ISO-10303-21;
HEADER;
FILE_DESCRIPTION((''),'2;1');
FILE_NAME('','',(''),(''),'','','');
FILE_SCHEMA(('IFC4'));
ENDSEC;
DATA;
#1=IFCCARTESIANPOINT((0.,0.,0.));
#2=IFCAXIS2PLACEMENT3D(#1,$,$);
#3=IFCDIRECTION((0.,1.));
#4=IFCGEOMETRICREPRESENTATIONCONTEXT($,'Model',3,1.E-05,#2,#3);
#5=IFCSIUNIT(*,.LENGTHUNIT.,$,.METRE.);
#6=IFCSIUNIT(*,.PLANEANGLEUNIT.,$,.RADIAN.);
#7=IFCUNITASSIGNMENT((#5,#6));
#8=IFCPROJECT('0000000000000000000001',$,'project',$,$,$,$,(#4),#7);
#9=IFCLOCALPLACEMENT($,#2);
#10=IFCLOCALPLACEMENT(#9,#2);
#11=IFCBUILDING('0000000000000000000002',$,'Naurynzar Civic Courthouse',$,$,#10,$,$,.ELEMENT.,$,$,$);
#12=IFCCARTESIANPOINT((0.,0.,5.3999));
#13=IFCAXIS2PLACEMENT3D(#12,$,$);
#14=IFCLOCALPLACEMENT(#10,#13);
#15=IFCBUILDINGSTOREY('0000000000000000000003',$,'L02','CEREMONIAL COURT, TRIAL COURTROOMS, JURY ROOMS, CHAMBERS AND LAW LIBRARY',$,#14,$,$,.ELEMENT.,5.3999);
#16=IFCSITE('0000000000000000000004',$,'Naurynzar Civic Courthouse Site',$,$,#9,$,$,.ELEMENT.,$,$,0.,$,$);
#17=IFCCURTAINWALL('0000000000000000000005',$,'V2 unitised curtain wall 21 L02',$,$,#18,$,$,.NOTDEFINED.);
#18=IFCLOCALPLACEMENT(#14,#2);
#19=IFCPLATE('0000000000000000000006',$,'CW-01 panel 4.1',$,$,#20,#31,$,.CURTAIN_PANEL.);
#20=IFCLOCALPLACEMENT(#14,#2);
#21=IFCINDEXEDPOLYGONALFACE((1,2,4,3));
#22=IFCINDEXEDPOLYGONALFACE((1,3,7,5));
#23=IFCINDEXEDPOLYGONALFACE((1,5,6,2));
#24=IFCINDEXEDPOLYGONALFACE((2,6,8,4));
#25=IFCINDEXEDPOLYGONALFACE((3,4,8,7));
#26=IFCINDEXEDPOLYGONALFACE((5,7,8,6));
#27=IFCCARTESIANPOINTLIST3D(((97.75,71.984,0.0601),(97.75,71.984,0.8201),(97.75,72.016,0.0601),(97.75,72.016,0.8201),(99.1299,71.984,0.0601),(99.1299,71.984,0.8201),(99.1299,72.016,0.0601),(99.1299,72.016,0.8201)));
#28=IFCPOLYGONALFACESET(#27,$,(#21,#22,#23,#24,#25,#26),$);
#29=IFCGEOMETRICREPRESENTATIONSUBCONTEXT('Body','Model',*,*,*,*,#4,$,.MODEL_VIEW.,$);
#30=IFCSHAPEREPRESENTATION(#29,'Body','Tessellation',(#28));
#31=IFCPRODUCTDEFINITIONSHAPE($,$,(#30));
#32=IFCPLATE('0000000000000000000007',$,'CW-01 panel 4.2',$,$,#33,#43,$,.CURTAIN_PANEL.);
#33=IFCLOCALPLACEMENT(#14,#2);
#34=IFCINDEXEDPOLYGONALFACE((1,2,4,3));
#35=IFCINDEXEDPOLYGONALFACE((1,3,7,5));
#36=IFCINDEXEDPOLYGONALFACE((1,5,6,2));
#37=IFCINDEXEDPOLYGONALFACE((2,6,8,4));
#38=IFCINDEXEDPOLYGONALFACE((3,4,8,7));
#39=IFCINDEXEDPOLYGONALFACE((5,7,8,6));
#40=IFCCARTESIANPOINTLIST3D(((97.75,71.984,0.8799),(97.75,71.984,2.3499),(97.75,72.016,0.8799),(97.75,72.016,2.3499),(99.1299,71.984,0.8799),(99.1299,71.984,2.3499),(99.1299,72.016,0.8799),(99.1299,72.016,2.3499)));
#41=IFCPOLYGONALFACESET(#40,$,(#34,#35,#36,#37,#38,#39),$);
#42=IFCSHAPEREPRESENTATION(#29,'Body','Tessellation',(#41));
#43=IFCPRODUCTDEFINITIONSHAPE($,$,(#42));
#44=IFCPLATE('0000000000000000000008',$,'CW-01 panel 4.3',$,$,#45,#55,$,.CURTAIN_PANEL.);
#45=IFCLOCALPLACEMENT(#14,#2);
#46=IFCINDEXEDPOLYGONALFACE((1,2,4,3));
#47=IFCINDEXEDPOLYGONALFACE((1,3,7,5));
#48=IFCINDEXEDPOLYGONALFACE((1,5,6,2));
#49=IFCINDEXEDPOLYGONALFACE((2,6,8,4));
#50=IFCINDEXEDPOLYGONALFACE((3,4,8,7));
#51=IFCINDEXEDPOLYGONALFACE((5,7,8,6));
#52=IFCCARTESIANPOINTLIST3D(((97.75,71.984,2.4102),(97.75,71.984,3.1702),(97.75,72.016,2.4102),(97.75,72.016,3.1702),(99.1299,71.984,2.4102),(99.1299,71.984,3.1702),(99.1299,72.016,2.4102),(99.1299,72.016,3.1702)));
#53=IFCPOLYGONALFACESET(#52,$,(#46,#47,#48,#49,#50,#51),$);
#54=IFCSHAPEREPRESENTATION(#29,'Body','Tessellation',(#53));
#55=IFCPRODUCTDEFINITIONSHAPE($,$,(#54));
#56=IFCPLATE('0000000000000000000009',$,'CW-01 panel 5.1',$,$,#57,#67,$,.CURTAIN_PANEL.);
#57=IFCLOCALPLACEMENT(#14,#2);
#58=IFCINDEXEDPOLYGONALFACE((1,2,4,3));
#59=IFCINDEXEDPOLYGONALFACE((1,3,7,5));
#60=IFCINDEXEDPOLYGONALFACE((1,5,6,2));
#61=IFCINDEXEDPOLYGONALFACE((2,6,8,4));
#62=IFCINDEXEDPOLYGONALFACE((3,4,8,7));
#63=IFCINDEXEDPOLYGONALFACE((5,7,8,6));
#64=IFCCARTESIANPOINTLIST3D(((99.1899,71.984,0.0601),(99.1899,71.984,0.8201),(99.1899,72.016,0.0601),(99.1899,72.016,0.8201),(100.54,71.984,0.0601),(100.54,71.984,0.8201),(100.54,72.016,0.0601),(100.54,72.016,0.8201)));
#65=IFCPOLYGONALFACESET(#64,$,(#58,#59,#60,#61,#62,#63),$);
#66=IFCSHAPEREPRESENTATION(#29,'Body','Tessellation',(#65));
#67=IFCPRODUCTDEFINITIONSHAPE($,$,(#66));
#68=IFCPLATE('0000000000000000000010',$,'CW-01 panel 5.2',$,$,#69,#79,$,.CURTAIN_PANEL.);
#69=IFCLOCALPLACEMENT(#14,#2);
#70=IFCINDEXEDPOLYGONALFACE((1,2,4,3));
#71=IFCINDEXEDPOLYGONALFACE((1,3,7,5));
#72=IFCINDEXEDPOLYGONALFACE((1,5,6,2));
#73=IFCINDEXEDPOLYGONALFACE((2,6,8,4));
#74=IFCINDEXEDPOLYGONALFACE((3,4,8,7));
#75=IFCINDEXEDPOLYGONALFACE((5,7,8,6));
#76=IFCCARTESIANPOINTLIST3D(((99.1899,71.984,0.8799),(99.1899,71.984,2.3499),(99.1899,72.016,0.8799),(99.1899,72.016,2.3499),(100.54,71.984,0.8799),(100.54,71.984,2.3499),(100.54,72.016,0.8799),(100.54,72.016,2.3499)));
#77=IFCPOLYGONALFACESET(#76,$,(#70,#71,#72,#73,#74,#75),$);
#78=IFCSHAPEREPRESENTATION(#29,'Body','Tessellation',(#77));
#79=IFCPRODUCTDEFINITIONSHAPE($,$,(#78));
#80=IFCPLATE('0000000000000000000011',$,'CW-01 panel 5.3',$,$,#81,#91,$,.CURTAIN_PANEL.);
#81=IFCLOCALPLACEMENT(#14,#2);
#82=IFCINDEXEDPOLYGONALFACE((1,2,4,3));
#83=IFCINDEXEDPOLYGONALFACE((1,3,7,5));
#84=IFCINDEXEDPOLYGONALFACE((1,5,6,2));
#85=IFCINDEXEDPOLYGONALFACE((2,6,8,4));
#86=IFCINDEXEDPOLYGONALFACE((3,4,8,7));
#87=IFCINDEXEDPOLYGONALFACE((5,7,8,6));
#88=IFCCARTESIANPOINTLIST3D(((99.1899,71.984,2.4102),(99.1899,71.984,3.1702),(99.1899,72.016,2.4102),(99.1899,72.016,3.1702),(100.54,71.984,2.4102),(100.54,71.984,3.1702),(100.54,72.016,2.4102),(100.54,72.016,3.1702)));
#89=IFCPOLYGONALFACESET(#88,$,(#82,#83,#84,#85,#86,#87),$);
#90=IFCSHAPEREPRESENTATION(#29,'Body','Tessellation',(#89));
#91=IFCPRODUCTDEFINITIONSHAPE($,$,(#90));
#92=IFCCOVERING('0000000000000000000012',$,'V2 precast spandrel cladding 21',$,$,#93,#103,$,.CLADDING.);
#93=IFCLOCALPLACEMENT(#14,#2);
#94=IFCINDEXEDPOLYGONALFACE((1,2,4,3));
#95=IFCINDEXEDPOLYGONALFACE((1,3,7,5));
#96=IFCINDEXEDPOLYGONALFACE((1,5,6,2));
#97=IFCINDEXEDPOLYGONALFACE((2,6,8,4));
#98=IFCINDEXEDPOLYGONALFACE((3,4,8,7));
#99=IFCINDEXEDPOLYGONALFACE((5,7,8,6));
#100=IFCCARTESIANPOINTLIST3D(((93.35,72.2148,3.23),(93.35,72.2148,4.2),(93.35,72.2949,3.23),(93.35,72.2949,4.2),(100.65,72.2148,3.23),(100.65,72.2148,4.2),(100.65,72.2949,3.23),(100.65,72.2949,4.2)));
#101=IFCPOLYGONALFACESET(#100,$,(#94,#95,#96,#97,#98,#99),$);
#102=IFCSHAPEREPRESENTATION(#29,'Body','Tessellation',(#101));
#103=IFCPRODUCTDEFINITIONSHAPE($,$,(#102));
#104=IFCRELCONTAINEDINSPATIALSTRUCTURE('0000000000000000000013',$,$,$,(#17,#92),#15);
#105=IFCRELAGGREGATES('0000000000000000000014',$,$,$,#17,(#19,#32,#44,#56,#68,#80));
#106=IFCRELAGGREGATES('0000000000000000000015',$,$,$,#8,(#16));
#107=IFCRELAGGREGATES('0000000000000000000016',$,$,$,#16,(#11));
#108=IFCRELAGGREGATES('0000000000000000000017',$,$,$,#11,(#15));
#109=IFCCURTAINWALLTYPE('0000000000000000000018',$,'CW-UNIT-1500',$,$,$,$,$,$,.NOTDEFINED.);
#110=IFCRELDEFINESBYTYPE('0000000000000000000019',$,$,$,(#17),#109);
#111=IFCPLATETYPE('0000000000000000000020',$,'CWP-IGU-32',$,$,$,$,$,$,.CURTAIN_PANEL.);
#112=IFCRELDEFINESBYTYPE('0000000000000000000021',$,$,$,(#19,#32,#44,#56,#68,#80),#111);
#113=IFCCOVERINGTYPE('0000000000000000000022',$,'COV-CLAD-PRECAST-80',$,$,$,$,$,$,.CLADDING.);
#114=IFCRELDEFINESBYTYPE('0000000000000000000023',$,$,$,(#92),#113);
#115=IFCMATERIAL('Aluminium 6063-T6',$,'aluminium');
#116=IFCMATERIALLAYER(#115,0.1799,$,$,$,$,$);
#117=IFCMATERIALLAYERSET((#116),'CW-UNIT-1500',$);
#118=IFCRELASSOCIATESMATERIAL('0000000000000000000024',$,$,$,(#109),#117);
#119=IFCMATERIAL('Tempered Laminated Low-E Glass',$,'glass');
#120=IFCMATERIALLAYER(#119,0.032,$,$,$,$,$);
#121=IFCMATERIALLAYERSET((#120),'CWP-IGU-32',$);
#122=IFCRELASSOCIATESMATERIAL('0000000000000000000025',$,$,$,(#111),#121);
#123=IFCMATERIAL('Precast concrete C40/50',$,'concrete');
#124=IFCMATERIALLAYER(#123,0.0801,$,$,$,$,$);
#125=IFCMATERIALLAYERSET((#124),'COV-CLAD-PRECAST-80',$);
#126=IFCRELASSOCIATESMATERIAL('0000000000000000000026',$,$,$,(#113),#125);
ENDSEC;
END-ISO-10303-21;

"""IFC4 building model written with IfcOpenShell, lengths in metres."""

from ifc_helpers import new_model, si_unit, direction, frame, origin, origin_2d, place, context, subcontext, project, spatial, rectangle, extrude, material, layer, layer_set, type_object, element, aggregate, save


model = new_model("IFC4")

# Units and contexts
model_context = context("Model", 3, precision=1e-05, world=origin(), true_north=direction((0.0, 1.0)))
body_context = subcontext(model_context, "Body", "Model", "MODEL_VIEW")
ifc_project = project(units=[si_unit("LENGTHUNIT", "METRE"), si_unit("PLANEANGLEUNIT", "RADIAN")], contexts=[model_context])

# Site, building, storey
site_placement = place(None, origin())
site = spatial("IfcSite", under=ifc_project, at=site_placement, Name="Naurynzar Civic Courthouse Site", CompositionType="ELEMENT", RefElevation=0.0)
building_placement = place(site_placement, origin())
building = spatial("IfcBuilding", under=site, at=building_placement, Name="Naurynzar Civic Courthouse", CompositionType="ELEMENT")
storey_placement = place(building_placement, frame((0.0, 0.0, 5.3999)))
storey = spatial("IfcBuildingStorey", under=building, at=storey_placement, Name="L02", Description="CEREMONIAL COURT, TRIAL COURTROOMS, JURY ROOMS, CHAMBERS AND LAW LIBRARY", CompositionType="ELEMENT", Elevation=5.3999)

# Curtain wall, plates
ifc_material_1 = material(Name="Aluminium 6063-T6", Category="aluminium")
ifc_layer_1 = layer(ifc_material_1, 0.1799)
ifc_layer_set_1 = layer_set([ifc_layer_1], Name="CW-UNIT-1500")
curtain_wall_type = type_object("IfcCurtainWallType", Name="CW-UNIT-1500", PredefinedType="NOTDEFINED", material=ifc_layer_set_1)
curtain_wall_placement = place(storey_placement, origin())
curtain_wall = element("IfcCurtainWall", 1, at=curtain_wall_placement, inside=storey, type_object=curtain_wall_type, Name="V2 unitised curtain wall 21 L02", PredefinedType="NOTDEFINED")
ifc_material_2 = material(Name="Tempered Laminated Low-E Glass", Category="glass")
ifc_layer_2 = layer(ifc_material_2, 0.032)
ifc_layer_set_2 = layer_set([ifc_layer_2], Name="CWP-IGU-32")
plate_type = type_object("IfcPlateType", Name="CWP-IGU-32", PredefinedType="CURTAIN_PANEL", material=ifc_layer_set_2)
plate_1_placement = place(storey_placement, frame((98.4399, 72.0, 0.0601), z_axis=(0.0, 0.0, 1.0), x_axis=(1.0, 0.0, 0.0)))
plate_1 = element("IfcPlate", 2, at=plate_1_placement, type_object=plate_type, Name="CW-01 panel 4.1", PredefinedType="CURTAIN_PANEL", context=body_context, shape_type="SweptSolid", body=[
    extrude(rectangle(XDim=1.3799, YDim=0.032, at=origin_2d()), origin(), (0.0, 0.0, 1.0), 0.76),
])
plate_2_placement = place(storey_placement, frame((98.4399, 72.0, 0.8799), z_axis=(0.0, 0.0, 1.0), x_axis=(1.0, 0.0, 0.0)))
plate_2 = element("IfcPlate", 3, at=plate_2_placement, type_object=plate_type, Name="CW-01 panel 4.2", PredefinedType="CURTAIN_PANEL", context=body_context, shape_type="SweptSolid", body=[
    extrude(rectangle(XDim=1.3799, YDim=0.032, at=origin_2d()), origin(), (0.0, 0.0, 1.0), 1.47),
])
plate_3_placement = place(storey_placement, frame((98.4399, 72.0, 2.4102), z_axis=(0.0, 0.0, 1.0), x_axis=(1.0, 0.0, 0.0)))
plate_3 = element("IfcPlate", 4, at=plate_3_placement, type_object=plate_type, Name="CW-01 panel 4.3", PredefinedType="CURTAIN_PANEL", context=body_context, shape_type="SweptSolid", body=[
    extrude(rectangle(XDim=1.3799, YDim=0.032, at=origin_2d()), origin(), (0.0, 0.0, 1.0), 0.76),
])
plate_4_placement = place(storey_placement, frame((99.865, 72.0, 0.0601), z_axis=(0.0, 0.0, 1.0), x_axis=(1.0, 0.0, 0.0)))
plate_4 = element("IfcPlate", 5, at=plate_4_placement, type_object=plate_type, Name="CW-01 panel 5.1", PredefinedType="CURTAIN_PANEL", context=body_context, shape_type="SweptSolid", body=[
    extrude(rectangle(XDim=1.3501, YDim=0.032, at=origin_2d()), origin(), (0.0, 0.0, 1.0), 0.76),
])
plate_5_placement = place(storey_placement, frame((99.865, 72.0, 0.8799), z_axis=(0.0, 0.0, 1.0), x_axis=(1.0, 0.0, 0.0)))
plate_5 = element("IfcPlate", 6, at=plate_5_placement, type_object=plate_type, Name="CW-01 panel 5.2", PredefinedType="CURTAIN_PANEL", context=body_context, shape_type="SweptSolid", body=[
    extrude(rectangle(XDim=1.3501, YDim=0.032, at=origin_2d()), origin(), (0.0, 0.0, 1.0), 1.47),
])
plate_6_placement = place(storey_placement, frame((99.865, 72.0, 2.4102), z_axis=(0.0, 0.0, 1.0), x_axis=(1.0, 0.0, 0.0)))
plate_6 = element("IfcPlate", 7, at=plate_6_placement, type_object=plate_type, Name="CW-01 panel 5.3", PredefinedType="CURTAIN_PANEL", context=body_context, shape_type="SweptSolid", body=[
    extrude(rectangle(XDim=1.3501, YDim=0.032, at=origin_2d()), origin(), (0.0, 0.0, 1.0), 0.76),
])
aggregate(curtain_wall, [plate_1, plate_2, plate_3, plate_4, plate_5, plate_6])

# Covering
ifc_material_3 = material(Name="Precast concrete C40/50", Category="concrete")
ifc_layer_3 = layer(ifc_material_3, 0.0801)
ifc_layer_set_3 = layer_set([ifc_layer_3], Name="COV-CLAD-PRECAST-80")
covering_type = type_object("IfcCoveringType", Name="COV-CLAD-PRECAST-80", PredefinedType="CLADDING", material=ifc_layer_set_3)
covering_placement = place(storey_placement, frame((97.0, 72.2549, 3.23), z_axis=(0.0, 0.0, 1.0), x_axis=(1.0, 0.0, 0.0)))
element("IfcCovering", 8, at=covering_placement, inside=storey, type_object=covering_type, Name="V2 precast spandrel cladding 21", PredefinedType="CLADDING", context=body_context, shape_type="SweptSolid", body=[
    extrude(rectangle(XDim=7.3, YDim=0.0801, at=origin_2d()), origin(), (0.0, 0.0, 1.0), 0.97),
])

save(model, "model.ifc")
